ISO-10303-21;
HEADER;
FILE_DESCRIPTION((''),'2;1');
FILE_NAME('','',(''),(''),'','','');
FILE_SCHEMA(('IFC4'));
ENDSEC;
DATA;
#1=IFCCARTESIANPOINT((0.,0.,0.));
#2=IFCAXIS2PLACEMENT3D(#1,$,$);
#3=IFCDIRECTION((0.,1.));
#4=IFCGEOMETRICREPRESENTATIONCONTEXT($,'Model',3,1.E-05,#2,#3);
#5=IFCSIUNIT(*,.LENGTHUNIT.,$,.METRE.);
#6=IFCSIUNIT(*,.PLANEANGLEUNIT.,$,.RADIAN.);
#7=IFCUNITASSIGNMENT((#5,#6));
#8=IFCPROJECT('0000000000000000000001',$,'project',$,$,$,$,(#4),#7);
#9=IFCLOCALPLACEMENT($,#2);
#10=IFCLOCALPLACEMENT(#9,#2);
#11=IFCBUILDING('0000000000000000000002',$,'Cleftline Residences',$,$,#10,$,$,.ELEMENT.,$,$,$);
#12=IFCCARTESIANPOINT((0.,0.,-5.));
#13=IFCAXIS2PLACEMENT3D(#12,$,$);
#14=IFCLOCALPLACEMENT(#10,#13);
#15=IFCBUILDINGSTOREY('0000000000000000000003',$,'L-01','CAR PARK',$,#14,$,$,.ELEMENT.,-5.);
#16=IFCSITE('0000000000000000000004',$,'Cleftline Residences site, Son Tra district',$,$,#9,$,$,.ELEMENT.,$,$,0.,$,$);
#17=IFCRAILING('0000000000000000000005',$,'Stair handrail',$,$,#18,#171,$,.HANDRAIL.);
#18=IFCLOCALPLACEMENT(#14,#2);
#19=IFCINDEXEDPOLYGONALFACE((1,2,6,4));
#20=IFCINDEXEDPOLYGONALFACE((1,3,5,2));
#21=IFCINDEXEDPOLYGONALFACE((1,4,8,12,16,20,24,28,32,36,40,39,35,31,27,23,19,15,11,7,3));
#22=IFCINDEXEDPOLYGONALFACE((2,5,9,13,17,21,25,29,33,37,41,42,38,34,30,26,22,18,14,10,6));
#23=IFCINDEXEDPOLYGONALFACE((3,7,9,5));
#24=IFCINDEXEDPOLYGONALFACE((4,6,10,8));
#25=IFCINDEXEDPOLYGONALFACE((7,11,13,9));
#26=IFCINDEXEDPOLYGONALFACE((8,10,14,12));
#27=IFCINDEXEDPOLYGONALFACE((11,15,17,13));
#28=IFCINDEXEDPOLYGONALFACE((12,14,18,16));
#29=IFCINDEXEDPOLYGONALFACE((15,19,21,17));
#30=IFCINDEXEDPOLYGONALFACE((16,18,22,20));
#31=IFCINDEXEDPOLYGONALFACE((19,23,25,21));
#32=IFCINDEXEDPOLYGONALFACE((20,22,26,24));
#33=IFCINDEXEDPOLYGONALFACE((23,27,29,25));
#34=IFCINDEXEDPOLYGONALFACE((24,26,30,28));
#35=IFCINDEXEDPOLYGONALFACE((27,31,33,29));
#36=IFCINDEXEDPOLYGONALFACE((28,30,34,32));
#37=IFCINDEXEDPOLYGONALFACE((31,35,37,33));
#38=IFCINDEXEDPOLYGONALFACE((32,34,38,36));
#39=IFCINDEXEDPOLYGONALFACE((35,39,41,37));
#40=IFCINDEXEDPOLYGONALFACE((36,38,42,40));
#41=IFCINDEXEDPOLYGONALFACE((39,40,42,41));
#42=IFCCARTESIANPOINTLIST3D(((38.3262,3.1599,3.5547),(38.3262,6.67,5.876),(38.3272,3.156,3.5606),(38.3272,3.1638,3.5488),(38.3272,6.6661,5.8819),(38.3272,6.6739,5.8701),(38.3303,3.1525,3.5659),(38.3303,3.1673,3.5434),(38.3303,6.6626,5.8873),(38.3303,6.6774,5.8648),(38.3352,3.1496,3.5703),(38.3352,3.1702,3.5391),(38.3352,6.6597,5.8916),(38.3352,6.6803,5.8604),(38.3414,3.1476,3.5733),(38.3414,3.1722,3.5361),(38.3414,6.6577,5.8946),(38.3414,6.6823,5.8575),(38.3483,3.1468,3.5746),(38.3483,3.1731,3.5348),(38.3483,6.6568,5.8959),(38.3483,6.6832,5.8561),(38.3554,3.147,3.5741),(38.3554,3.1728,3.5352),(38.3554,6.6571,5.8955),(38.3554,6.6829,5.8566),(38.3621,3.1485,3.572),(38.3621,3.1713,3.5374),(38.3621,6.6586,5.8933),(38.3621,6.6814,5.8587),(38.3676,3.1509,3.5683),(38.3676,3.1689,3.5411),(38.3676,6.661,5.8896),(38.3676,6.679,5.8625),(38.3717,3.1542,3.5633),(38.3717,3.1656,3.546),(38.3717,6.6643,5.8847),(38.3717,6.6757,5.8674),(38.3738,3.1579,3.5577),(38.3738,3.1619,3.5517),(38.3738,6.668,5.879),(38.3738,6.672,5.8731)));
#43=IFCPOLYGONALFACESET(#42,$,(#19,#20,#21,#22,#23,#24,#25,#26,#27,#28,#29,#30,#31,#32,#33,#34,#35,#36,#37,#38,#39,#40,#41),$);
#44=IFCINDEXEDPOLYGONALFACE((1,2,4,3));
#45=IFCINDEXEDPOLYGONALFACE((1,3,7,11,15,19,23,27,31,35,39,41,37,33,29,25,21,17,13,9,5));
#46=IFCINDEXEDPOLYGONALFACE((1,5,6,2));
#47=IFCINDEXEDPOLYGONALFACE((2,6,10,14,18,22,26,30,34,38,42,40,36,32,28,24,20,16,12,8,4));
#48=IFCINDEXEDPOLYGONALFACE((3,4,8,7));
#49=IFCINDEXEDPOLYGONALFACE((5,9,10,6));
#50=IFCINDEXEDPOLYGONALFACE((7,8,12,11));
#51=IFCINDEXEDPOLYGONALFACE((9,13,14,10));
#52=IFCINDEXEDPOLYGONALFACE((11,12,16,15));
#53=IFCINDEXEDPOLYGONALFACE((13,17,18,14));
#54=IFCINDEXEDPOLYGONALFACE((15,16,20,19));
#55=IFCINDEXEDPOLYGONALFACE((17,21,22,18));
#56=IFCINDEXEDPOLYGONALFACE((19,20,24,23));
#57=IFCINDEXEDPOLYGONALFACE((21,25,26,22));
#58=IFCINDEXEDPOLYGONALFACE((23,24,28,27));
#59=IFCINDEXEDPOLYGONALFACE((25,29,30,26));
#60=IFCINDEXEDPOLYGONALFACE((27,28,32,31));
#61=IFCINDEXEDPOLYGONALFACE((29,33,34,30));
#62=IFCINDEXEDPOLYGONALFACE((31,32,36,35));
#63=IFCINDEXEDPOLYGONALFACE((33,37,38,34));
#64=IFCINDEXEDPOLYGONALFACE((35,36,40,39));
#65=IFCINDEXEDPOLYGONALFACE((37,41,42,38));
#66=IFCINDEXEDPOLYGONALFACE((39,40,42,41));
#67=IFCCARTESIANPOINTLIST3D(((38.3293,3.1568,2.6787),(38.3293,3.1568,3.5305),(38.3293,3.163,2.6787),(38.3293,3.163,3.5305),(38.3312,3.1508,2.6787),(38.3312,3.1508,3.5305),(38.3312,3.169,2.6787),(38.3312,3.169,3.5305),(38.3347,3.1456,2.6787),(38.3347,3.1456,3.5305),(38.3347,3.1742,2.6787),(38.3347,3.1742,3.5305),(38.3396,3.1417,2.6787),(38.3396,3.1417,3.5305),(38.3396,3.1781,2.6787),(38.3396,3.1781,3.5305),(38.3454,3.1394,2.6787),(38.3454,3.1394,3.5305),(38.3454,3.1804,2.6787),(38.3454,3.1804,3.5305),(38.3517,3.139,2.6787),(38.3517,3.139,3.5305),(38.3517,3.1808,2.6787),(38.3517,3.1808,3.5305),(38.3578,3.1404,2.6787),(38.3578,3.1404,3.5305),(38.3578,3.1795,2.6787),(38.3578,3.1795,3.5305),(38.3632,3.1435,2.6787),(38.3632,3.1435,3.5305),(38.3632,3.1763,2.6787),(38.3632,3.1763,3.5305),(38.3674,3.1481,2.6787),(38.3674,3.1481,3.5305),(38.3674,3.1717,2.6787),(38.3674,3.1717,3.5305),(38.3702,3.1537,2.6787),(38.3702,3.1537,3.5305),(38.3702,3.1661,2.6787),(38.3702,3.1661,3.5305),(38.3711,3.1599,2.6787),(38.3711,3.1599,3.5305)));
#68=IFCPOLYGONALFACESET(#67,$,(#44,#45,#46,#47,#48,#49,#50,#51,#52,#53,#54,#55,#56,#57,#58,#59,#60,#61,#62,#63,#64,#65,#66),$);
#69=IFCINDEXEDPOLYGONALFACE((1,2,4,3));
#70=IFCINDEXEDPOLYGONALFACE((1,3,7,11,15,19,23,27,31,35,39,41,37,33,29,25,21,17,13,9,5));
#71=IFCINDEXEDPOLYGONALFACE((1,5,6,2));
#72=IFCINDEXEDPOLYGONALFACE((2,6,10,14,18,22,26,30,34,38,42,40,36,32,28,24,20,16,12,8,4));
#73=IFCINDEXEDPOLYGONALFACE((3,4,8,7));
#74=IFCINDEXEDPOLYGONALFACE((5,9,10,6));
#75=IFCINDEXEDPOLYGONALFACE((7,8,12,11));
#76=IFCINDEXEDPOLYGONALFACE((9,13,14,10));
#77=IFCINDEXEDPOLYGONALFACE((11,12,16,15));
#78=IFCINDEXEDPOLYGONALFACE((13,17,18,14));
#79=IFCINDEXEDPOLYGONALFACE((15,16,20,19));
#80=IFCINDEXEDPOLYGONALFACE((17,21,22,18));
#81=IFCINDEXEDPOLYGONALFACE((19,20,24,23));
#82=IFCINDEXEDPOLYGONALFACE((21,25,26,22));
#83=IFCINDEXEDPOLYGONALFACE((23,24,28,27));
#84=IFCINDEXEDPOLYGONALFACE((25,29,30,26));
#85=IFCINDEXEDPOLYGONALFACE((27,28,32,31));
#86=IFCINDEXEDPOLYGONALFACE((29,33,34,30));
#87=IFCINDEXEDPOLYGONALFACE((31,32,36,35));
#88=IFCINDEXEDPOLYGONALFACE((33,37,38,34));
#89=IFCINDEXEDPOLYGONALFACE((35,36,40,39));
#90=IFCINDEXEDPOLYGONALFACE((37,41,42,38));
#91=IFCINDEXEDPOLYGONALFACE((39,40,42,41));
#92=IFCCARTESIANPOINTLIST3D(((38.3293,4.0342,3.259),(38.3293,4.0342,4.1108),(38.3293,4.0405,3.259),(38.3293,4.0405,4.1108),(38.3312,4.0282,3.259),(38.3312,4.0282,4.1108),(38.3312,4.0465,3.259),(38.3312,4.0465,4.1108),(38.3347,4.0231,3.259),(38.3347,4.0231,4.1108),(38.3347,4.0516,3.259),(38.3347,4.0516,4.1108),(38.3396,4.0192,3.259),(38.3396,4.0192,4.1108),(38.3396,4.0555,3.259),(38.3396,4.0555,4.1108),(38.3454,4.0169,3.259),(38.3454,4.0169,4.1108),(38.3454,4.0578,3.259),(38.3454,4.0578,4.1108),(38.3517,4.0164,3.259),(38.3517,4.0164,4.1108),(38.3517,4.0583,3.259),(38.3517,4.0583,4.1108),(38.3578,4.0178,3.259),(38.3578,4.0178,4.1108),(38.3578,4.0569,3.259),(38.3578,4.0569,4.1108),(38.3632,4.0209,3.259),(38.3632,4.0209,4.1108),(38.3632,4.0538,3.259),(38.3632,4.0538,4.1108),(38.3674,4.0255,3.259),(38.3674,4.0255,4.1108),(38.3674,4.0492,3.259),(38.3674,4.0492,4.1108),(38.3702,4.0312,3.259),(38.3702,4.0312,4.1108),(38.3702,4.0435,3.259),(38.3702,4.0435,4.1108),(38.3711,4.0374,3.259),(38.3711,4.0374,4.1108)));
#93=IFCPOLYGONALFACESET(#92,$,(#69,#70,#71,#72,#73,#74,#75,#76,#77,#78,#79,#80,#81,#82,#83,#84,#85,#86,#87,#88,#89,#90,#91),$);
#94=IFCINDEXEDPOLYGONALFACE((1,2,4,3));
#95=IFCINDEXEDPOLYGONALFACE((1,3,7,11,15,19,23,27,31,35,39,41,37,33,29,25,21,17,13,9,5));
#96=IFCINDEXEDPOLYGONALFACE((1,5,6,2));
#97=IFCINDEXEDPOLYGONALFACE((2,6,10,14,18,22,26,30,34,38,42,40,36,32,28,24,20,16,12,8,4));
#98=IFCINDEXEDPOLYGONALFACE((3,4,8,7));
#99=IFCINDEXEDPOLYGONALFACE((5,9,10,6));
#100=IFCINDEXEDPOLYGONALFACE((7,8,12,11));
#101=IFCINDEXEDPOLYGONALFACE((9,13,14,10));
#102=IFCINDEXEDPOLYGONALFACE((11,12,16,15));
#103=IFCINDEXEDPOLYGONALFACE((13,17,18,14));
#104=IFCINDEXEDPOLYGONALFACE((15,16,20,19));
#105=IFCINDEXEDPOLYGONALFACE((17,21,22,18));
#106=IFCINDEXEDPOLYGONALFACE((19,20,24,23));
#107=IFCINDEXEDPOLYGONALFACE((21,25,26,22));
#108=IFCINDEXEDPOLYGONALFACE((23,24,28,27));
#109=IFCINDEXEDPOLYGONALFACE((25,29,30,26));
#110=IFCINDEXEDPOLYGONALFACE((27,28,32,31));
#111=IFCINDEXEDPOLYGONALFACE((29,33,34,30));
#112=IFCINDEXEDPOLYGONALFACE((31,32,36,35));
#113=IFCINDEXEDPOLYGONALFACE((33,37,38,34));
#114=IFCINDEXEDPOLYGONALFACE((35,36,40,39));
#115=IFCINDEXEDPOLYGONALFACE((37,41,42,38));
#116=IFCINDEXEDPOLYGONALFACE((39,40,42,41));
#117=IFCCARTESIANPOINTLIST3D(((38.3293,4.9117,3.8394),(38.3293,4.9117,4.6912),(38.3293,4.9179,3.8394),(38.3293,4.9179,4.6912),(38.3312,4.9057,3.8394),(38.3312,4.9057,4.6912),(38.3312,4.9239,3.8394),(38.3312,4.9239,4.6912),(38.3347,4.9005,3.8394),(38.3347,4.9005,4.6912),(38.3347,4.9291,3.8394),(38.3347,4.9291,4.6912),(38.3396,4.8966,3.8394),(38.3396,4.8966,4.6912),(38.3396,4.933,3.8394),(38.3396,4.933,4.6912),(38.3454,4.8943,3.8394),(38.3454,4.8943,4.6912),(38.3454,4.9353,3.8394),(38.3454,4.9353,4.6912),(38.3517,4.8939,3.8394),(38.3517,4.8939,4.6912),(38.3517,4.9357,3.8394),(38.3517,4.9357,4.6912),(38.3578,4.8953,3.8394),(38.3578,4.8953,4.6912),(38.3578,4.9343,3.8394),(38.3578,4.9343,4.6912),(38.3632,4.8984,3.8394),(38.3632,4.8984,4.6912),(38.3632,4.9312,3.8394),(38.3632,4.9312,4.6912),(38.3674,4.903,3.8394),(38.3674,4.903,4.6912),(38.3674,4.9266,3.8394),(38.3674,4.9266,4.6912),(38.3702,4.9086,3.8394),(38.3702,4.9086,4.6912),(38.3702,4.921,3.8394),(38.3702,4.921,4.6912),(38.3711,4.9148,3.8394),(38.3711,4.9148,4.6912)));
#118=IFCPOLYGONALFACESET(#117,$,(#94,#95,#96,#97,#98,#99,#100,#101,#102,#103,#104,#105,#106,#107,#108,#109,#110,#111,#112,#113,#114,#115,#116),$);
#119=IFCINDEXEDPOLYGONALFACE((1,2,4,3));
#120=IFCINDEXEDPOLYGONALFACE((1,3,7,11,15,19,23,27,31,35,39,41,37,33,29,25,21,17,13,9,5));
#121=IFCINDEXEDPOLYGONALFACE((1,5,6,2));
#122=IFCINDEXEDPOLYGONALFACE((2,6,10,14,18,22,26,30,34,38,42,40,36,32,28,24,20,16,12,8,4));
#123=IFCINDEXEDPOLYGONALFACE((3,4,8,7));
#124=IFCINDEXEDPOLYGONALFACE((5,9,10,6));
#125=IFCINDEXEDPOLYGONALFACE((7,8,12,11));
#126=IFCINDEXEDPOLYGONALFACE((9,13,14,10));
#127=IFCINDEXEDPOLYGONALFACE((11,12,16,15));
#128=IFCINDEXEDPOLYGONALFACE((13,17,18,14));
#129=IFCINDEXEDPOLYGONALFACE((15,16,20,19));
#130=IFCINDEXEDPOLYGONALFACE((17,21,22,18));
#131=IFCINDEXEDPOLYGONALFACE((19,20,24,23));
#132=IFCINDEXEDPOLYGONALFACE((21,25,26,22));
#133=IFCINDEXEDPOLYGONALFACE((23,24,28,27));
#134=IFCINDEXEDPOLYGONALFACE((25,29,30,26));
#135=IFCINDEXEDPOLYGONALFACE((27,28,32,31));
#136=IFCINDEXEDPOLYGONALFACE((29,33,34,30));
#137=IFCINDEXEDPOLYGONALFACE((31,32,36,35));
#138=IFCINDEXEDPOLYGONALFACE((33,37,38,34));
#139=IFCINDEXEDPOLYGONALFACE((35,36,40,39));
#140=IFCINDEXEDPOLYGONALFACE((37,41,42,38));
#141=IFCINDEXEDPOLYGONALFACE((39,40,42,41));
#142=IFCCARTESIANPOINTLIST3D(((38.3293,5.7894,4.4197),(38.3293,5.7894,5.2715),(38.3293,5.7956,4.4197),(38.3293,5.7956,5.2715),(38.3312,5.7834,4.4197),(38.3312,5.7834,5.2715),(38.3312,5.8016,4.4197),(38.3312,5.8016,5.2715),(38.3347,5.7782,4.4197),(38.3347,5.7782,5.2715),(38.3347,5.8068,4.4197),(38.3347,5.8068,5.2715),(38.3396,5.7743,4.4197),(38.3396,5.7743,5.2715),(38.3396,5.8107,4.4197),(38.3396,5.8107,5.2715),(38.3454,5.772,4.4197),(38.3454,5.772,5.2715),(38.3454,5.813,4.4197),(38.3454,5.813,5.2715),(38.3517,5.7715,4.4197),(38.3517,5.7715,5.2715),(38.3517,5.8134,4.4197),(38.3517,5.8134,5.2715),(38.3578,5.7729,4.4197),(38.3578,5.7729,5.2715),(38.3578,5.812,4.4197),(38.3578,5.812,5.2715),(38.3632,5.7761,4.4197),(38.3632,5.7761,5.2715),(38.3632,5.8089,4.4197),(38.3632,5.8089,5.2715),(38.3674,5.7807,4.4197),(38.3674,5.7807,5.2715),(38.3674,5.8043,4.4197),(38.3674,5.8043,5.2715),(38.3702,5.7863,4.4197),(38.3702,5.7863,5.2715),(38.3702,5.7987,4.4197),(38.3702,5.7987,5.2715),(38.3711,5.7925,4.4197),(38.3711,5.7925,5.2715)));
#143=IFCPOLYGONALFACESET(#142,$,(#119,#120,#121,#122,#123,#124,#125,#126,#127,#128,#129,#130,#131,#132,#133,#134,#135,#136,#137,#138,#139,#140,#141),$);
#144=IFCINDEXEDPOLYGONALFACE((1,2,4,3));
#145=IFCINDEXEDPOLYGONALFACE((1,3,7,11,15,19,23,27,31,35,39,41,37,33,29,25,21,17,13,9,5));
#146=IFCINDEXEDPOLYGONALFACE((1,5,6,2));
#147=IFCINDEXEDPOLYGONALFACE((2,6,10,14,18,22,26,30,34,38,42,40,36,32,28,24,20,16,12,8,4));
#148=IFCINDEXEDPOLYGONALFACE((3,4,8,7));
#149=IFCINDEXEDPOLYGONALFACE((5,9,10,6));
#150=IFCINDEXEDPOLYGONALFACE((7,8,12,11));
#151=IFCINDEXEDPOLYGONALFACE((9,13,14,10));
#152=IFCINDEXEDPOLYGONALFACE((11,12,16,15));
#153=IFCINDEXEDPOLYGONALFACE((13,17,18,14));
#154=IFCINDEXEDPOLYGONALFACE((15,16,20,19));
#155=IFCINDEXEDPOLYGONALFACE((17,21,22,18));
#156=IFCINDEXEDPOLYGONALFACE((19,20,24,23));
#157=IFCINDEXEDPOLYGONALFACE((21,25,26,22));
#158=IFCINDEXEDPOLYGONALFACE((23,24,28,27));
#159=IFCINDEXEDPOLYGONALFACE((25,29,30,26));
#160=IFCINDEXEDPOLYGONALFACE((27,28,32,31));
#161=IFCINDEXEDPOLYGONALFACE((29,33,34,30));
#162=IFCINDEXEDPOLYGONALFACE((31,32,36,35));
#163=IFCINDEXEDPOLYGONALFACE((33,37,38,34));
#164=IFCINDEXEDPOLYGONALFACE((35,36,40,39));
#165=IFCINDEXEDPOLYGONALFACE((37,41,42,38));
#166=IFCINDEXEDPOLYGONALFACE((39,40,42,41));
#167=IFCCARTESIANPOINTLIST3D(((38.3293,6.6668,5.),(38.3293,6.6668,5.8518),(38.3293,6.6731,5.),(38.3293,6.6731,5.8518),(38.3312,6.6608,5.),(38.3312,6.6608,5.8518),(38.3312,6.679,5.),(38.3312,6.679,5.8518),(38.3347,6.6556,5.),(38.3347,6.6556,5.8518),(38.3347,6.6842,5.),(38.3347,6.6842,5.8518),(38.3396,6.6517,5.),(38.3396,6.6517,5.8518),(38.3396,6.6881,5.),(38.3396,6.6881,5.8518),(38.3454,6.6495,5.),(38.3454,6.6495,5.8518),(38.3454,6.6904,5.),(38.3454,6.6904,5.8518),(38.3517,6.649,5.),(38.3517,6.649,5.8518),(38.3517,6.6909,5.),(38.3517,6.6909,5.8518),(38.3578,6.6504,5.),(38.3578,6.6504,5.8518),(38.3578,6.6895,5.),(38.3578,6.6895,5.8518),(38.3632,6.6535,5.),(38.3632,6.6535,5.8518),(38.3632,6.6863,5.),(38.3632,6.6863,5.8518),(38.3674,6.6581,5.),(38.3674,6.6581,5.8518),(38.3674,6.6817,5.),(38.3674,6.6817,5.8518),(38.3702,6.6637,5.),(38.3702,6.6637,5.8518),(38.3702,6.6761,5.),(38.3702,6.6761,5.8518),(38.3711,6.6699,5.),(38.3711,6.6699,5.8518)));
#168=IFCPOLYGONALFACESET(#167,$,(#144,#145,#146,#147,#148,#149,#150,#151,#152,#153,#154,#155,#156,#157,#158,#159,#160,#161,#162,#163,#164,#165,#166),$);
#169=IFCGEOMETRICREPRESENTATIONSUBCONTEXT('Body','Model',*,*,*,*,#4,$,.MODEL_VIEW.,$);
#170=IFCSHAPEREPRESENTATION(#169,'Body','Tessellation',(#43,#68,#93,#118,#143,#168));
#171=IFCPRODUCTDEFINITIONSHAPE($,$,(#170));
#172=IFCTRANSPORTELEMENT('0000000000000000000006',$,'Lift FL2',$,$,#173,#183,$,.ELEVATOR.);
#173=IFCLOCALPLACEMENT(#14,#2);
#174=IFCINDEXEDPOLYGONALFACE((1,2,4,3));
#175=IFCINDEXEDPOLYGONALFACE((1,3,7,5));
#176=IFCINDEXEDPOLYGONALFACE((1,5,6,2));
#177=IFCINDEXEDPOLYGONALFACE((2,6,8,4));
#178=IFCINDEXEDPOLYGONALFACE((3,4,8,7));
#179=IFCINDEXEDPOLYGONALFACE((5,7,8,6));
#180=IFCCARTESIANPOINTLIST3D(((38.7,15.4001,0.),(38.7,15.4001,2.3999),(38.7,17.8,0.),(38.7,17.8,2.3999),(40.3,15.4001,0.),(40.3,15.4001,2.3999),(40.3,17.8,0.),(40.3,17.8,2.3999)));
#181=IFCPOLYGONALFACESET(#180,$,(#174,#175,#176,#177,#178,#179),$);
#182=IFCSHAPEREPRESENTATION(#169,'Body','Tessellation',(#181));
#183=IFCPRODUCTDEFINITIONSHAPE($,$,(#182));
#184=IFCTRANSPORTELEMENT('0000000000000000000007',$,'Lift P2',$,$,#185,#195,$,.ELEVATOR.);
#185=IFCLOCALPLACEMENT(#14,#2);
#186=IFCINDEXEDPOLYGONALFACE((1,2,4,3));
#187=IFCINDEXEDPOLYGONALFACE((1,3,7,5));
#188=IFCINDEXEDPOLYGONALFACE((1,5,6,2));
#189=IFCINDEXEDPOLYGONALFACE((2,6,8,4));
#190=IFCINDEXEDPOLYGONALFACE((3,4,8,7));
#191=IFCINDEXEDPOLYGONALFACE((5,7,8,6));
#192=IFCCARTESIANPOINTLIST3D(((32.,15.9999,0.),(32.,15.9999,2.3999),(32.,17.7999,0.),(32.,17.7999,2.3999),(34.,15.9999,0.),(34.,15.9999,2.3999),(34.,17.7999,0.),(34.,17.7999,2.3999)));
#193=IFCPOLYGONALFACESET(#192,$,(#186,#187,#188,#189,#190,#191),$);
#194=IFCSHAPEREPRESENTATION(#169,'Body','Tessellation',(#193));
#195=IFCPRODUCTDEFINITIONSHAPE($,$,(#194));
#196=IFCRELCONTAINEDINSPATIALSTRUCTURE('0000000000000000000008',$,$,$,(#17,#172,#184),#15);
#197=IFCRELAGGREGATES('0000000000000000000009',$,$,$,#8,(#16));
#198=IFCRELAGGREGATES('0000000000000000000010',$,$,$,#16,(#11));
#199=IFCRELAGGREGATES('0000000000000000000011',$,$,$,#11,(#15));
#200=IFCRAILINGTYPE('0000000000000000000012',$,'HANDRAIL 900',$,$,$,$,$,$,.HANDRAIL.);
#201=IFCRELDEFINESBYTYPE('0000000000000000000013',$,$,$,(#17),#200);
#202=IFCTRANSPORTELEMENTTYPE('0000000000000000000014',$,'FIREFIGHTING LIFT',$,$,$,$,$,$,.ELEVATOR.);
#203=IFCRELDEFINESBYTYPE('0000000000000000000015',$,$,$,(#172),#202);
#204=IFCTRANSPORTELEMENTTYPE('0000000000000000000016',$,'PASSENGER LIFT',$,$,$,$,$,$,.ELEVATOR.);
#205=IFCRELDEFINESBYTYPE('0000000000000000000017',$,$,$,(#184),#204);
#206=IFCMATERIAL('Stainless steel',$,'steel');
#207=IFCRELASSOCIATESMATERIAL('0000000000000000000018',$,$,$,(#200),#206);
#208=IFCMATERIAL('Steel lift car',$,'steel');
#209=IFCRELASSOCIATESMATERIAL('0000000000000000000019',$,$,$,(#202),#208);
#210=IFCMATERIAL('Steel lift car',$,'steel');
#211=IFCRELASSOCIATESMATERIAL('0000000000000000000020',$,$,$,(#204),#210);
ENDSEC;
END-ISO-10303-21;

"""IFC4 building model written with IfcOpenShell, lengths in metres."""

from ifc_helpers import new_model, si_unit, direction, frame, origin, origin_2d, place, context, subcontext, project, spatial, rectangle, circle, extrude, material, type_object, element, save


model = new_model("IFC4")

# Units and contexts
model_context = context("Model", 3, precision=1e-05, world=origin(), true_north=direction((0.0, 1.0)))
body_context = subcontext(model_context, "Body", "Model", "MODEL_VIEW")
ifc_project = project(units=[si_unit("LENGTHUNIT", "METRE"), si_unit("PLANEANGLEUNIT", "RADIAN")], contexts=[model_context])

# Site, building, storey
site_placement = place(None, origin())
site = spatial("IfcSite", under=ifc_project, at=site_placement, Name="Cleftline Residences site, Son Tra district", CompositionType="ELEMENT", RefElevation=0.0)
building_placement = place(site_placement, origin())
building = spatial("IfcBuilding", under=site, at=building_placement, Name="Cleftline Residences", CompositionType="ELEMENT")
storey_placement = place(building_placement, frame((0.0, 0.0, -5.0)))
storey = spatial("IfcBuildingStorey", under=building, at=storey_placement, Name="L-01", Description="CAR PARK", CompositionType="ELEMENT", Elevation=-5.0)

# Railing
ifc_material_1 = material(Name="Stainless steel", Category="steel")
railing_type = type_object("IfcRailingType", Name="HANDRAIL 900", PredefinedType="HANDRAIL", material=ifc_material_1)
railing_1_placement = place(storey_placement, frame((38.3501, 3.1599, 2.6787)))
element("IfcRailing", 1, at=railing_1_placement, inside=storey, type_object=railing_type, Name="Stair handrail", PredefinedType="HANDRAIL", context=body_context, shape_type="SweptSolid", body=[
    extrude(circle(Radius=0.0239, at=origin_2d()), frame((0.0, 0.0, 0.876), z_axis=(0.0, 0.834097, 0.551617), x_axis=(-1.0, 0.0, 0.0)), (0.0, 0.0, 1.0), 4.2083),
    extrude(circle(Radius=0.021, at=origin_2d()), origin(), (0.0, 0.0, 1.0), 0.8518),
    extrude(circle(Radius=0.021, at=origin_2d()), frame((0.0, 0.8774, 0.5803)), (0.0, 0.0, 1.0), 0.8518),
    extrude(circle(Radius=0.021, at=origin_2d()), frame((0.0, 1.7549, 1.1606)), (0.0, 0.0, 1.0), 0.8518),
    extrude(circle(Radius=0.021, at=origin_2d()), frame((0.0, 2.6326, 1.741)), (0.0, 0.0, 1.0), 0.8518),
    extrude(circle(Radius=0.021, at=origin_2d()), frame((0.0, 3.51, 2.3213)), (0.0, 0.0, 1.0), 0.8518),
])

# Transport elements
ifc_material_2 = material(Name="Steel lift car", Category="steel")
transport_element_type_1 = type_object("IfcTransportElementType", Name="FIREFIGHTING LIFT", PredefinedType="ELEVATOR", material=ifc_material_2)
transport_element_1_placement = place(storey_placement, frame((39.5, 16.6001, 0.0), z_axis=(0.0, 0.0, 1.0), x_axis=(1.0, 0.0, 0.0)))
element("IfcTransportElement", 2, at=transport_element_1_placement, inside=storey, type_object=transport_element_type_1, Name="Lift FL2", PredefinedType="ELEVATOR", context=body_context, shape_type="SweptSolid", body=[
    extrude(rectangle(XDim=1.6001, YDim=2.3999, at=origin_2d()), origin(), (0.0, 0.0, 1.0), 2.3999),
])
ifc_material_3 = material(Name="Steel lift car", Category="steel")
transport_element_type_2 = type_object("IfcTransportElementType", Name="PASSENGER LIFT", PredefinedType="ELEVATOR", material=ifc_material_3)
transport_element_2_placement = place(storey_placement, frame((33.0, 16.8999, 0.0), z_axis=(0.0, 0.0, 1.0), x_axis=(1.0, 0.0, 0.0)))
element("IfcTransportElement", 3, at=transport_element_2_placement, inside=storey, type_object=transport_element_type_2, Name="Lift P2", PredefinedType="ELEVATOR", context=body_context, shape_type="SweptSolid", body=[
    extrude(rectangle(XDim=2.0, YDim=1.8, at=origin_2d()), origin(), (0.0, 0.0, 1.0), 2.3999),
])

save(model, "model.ifc")
